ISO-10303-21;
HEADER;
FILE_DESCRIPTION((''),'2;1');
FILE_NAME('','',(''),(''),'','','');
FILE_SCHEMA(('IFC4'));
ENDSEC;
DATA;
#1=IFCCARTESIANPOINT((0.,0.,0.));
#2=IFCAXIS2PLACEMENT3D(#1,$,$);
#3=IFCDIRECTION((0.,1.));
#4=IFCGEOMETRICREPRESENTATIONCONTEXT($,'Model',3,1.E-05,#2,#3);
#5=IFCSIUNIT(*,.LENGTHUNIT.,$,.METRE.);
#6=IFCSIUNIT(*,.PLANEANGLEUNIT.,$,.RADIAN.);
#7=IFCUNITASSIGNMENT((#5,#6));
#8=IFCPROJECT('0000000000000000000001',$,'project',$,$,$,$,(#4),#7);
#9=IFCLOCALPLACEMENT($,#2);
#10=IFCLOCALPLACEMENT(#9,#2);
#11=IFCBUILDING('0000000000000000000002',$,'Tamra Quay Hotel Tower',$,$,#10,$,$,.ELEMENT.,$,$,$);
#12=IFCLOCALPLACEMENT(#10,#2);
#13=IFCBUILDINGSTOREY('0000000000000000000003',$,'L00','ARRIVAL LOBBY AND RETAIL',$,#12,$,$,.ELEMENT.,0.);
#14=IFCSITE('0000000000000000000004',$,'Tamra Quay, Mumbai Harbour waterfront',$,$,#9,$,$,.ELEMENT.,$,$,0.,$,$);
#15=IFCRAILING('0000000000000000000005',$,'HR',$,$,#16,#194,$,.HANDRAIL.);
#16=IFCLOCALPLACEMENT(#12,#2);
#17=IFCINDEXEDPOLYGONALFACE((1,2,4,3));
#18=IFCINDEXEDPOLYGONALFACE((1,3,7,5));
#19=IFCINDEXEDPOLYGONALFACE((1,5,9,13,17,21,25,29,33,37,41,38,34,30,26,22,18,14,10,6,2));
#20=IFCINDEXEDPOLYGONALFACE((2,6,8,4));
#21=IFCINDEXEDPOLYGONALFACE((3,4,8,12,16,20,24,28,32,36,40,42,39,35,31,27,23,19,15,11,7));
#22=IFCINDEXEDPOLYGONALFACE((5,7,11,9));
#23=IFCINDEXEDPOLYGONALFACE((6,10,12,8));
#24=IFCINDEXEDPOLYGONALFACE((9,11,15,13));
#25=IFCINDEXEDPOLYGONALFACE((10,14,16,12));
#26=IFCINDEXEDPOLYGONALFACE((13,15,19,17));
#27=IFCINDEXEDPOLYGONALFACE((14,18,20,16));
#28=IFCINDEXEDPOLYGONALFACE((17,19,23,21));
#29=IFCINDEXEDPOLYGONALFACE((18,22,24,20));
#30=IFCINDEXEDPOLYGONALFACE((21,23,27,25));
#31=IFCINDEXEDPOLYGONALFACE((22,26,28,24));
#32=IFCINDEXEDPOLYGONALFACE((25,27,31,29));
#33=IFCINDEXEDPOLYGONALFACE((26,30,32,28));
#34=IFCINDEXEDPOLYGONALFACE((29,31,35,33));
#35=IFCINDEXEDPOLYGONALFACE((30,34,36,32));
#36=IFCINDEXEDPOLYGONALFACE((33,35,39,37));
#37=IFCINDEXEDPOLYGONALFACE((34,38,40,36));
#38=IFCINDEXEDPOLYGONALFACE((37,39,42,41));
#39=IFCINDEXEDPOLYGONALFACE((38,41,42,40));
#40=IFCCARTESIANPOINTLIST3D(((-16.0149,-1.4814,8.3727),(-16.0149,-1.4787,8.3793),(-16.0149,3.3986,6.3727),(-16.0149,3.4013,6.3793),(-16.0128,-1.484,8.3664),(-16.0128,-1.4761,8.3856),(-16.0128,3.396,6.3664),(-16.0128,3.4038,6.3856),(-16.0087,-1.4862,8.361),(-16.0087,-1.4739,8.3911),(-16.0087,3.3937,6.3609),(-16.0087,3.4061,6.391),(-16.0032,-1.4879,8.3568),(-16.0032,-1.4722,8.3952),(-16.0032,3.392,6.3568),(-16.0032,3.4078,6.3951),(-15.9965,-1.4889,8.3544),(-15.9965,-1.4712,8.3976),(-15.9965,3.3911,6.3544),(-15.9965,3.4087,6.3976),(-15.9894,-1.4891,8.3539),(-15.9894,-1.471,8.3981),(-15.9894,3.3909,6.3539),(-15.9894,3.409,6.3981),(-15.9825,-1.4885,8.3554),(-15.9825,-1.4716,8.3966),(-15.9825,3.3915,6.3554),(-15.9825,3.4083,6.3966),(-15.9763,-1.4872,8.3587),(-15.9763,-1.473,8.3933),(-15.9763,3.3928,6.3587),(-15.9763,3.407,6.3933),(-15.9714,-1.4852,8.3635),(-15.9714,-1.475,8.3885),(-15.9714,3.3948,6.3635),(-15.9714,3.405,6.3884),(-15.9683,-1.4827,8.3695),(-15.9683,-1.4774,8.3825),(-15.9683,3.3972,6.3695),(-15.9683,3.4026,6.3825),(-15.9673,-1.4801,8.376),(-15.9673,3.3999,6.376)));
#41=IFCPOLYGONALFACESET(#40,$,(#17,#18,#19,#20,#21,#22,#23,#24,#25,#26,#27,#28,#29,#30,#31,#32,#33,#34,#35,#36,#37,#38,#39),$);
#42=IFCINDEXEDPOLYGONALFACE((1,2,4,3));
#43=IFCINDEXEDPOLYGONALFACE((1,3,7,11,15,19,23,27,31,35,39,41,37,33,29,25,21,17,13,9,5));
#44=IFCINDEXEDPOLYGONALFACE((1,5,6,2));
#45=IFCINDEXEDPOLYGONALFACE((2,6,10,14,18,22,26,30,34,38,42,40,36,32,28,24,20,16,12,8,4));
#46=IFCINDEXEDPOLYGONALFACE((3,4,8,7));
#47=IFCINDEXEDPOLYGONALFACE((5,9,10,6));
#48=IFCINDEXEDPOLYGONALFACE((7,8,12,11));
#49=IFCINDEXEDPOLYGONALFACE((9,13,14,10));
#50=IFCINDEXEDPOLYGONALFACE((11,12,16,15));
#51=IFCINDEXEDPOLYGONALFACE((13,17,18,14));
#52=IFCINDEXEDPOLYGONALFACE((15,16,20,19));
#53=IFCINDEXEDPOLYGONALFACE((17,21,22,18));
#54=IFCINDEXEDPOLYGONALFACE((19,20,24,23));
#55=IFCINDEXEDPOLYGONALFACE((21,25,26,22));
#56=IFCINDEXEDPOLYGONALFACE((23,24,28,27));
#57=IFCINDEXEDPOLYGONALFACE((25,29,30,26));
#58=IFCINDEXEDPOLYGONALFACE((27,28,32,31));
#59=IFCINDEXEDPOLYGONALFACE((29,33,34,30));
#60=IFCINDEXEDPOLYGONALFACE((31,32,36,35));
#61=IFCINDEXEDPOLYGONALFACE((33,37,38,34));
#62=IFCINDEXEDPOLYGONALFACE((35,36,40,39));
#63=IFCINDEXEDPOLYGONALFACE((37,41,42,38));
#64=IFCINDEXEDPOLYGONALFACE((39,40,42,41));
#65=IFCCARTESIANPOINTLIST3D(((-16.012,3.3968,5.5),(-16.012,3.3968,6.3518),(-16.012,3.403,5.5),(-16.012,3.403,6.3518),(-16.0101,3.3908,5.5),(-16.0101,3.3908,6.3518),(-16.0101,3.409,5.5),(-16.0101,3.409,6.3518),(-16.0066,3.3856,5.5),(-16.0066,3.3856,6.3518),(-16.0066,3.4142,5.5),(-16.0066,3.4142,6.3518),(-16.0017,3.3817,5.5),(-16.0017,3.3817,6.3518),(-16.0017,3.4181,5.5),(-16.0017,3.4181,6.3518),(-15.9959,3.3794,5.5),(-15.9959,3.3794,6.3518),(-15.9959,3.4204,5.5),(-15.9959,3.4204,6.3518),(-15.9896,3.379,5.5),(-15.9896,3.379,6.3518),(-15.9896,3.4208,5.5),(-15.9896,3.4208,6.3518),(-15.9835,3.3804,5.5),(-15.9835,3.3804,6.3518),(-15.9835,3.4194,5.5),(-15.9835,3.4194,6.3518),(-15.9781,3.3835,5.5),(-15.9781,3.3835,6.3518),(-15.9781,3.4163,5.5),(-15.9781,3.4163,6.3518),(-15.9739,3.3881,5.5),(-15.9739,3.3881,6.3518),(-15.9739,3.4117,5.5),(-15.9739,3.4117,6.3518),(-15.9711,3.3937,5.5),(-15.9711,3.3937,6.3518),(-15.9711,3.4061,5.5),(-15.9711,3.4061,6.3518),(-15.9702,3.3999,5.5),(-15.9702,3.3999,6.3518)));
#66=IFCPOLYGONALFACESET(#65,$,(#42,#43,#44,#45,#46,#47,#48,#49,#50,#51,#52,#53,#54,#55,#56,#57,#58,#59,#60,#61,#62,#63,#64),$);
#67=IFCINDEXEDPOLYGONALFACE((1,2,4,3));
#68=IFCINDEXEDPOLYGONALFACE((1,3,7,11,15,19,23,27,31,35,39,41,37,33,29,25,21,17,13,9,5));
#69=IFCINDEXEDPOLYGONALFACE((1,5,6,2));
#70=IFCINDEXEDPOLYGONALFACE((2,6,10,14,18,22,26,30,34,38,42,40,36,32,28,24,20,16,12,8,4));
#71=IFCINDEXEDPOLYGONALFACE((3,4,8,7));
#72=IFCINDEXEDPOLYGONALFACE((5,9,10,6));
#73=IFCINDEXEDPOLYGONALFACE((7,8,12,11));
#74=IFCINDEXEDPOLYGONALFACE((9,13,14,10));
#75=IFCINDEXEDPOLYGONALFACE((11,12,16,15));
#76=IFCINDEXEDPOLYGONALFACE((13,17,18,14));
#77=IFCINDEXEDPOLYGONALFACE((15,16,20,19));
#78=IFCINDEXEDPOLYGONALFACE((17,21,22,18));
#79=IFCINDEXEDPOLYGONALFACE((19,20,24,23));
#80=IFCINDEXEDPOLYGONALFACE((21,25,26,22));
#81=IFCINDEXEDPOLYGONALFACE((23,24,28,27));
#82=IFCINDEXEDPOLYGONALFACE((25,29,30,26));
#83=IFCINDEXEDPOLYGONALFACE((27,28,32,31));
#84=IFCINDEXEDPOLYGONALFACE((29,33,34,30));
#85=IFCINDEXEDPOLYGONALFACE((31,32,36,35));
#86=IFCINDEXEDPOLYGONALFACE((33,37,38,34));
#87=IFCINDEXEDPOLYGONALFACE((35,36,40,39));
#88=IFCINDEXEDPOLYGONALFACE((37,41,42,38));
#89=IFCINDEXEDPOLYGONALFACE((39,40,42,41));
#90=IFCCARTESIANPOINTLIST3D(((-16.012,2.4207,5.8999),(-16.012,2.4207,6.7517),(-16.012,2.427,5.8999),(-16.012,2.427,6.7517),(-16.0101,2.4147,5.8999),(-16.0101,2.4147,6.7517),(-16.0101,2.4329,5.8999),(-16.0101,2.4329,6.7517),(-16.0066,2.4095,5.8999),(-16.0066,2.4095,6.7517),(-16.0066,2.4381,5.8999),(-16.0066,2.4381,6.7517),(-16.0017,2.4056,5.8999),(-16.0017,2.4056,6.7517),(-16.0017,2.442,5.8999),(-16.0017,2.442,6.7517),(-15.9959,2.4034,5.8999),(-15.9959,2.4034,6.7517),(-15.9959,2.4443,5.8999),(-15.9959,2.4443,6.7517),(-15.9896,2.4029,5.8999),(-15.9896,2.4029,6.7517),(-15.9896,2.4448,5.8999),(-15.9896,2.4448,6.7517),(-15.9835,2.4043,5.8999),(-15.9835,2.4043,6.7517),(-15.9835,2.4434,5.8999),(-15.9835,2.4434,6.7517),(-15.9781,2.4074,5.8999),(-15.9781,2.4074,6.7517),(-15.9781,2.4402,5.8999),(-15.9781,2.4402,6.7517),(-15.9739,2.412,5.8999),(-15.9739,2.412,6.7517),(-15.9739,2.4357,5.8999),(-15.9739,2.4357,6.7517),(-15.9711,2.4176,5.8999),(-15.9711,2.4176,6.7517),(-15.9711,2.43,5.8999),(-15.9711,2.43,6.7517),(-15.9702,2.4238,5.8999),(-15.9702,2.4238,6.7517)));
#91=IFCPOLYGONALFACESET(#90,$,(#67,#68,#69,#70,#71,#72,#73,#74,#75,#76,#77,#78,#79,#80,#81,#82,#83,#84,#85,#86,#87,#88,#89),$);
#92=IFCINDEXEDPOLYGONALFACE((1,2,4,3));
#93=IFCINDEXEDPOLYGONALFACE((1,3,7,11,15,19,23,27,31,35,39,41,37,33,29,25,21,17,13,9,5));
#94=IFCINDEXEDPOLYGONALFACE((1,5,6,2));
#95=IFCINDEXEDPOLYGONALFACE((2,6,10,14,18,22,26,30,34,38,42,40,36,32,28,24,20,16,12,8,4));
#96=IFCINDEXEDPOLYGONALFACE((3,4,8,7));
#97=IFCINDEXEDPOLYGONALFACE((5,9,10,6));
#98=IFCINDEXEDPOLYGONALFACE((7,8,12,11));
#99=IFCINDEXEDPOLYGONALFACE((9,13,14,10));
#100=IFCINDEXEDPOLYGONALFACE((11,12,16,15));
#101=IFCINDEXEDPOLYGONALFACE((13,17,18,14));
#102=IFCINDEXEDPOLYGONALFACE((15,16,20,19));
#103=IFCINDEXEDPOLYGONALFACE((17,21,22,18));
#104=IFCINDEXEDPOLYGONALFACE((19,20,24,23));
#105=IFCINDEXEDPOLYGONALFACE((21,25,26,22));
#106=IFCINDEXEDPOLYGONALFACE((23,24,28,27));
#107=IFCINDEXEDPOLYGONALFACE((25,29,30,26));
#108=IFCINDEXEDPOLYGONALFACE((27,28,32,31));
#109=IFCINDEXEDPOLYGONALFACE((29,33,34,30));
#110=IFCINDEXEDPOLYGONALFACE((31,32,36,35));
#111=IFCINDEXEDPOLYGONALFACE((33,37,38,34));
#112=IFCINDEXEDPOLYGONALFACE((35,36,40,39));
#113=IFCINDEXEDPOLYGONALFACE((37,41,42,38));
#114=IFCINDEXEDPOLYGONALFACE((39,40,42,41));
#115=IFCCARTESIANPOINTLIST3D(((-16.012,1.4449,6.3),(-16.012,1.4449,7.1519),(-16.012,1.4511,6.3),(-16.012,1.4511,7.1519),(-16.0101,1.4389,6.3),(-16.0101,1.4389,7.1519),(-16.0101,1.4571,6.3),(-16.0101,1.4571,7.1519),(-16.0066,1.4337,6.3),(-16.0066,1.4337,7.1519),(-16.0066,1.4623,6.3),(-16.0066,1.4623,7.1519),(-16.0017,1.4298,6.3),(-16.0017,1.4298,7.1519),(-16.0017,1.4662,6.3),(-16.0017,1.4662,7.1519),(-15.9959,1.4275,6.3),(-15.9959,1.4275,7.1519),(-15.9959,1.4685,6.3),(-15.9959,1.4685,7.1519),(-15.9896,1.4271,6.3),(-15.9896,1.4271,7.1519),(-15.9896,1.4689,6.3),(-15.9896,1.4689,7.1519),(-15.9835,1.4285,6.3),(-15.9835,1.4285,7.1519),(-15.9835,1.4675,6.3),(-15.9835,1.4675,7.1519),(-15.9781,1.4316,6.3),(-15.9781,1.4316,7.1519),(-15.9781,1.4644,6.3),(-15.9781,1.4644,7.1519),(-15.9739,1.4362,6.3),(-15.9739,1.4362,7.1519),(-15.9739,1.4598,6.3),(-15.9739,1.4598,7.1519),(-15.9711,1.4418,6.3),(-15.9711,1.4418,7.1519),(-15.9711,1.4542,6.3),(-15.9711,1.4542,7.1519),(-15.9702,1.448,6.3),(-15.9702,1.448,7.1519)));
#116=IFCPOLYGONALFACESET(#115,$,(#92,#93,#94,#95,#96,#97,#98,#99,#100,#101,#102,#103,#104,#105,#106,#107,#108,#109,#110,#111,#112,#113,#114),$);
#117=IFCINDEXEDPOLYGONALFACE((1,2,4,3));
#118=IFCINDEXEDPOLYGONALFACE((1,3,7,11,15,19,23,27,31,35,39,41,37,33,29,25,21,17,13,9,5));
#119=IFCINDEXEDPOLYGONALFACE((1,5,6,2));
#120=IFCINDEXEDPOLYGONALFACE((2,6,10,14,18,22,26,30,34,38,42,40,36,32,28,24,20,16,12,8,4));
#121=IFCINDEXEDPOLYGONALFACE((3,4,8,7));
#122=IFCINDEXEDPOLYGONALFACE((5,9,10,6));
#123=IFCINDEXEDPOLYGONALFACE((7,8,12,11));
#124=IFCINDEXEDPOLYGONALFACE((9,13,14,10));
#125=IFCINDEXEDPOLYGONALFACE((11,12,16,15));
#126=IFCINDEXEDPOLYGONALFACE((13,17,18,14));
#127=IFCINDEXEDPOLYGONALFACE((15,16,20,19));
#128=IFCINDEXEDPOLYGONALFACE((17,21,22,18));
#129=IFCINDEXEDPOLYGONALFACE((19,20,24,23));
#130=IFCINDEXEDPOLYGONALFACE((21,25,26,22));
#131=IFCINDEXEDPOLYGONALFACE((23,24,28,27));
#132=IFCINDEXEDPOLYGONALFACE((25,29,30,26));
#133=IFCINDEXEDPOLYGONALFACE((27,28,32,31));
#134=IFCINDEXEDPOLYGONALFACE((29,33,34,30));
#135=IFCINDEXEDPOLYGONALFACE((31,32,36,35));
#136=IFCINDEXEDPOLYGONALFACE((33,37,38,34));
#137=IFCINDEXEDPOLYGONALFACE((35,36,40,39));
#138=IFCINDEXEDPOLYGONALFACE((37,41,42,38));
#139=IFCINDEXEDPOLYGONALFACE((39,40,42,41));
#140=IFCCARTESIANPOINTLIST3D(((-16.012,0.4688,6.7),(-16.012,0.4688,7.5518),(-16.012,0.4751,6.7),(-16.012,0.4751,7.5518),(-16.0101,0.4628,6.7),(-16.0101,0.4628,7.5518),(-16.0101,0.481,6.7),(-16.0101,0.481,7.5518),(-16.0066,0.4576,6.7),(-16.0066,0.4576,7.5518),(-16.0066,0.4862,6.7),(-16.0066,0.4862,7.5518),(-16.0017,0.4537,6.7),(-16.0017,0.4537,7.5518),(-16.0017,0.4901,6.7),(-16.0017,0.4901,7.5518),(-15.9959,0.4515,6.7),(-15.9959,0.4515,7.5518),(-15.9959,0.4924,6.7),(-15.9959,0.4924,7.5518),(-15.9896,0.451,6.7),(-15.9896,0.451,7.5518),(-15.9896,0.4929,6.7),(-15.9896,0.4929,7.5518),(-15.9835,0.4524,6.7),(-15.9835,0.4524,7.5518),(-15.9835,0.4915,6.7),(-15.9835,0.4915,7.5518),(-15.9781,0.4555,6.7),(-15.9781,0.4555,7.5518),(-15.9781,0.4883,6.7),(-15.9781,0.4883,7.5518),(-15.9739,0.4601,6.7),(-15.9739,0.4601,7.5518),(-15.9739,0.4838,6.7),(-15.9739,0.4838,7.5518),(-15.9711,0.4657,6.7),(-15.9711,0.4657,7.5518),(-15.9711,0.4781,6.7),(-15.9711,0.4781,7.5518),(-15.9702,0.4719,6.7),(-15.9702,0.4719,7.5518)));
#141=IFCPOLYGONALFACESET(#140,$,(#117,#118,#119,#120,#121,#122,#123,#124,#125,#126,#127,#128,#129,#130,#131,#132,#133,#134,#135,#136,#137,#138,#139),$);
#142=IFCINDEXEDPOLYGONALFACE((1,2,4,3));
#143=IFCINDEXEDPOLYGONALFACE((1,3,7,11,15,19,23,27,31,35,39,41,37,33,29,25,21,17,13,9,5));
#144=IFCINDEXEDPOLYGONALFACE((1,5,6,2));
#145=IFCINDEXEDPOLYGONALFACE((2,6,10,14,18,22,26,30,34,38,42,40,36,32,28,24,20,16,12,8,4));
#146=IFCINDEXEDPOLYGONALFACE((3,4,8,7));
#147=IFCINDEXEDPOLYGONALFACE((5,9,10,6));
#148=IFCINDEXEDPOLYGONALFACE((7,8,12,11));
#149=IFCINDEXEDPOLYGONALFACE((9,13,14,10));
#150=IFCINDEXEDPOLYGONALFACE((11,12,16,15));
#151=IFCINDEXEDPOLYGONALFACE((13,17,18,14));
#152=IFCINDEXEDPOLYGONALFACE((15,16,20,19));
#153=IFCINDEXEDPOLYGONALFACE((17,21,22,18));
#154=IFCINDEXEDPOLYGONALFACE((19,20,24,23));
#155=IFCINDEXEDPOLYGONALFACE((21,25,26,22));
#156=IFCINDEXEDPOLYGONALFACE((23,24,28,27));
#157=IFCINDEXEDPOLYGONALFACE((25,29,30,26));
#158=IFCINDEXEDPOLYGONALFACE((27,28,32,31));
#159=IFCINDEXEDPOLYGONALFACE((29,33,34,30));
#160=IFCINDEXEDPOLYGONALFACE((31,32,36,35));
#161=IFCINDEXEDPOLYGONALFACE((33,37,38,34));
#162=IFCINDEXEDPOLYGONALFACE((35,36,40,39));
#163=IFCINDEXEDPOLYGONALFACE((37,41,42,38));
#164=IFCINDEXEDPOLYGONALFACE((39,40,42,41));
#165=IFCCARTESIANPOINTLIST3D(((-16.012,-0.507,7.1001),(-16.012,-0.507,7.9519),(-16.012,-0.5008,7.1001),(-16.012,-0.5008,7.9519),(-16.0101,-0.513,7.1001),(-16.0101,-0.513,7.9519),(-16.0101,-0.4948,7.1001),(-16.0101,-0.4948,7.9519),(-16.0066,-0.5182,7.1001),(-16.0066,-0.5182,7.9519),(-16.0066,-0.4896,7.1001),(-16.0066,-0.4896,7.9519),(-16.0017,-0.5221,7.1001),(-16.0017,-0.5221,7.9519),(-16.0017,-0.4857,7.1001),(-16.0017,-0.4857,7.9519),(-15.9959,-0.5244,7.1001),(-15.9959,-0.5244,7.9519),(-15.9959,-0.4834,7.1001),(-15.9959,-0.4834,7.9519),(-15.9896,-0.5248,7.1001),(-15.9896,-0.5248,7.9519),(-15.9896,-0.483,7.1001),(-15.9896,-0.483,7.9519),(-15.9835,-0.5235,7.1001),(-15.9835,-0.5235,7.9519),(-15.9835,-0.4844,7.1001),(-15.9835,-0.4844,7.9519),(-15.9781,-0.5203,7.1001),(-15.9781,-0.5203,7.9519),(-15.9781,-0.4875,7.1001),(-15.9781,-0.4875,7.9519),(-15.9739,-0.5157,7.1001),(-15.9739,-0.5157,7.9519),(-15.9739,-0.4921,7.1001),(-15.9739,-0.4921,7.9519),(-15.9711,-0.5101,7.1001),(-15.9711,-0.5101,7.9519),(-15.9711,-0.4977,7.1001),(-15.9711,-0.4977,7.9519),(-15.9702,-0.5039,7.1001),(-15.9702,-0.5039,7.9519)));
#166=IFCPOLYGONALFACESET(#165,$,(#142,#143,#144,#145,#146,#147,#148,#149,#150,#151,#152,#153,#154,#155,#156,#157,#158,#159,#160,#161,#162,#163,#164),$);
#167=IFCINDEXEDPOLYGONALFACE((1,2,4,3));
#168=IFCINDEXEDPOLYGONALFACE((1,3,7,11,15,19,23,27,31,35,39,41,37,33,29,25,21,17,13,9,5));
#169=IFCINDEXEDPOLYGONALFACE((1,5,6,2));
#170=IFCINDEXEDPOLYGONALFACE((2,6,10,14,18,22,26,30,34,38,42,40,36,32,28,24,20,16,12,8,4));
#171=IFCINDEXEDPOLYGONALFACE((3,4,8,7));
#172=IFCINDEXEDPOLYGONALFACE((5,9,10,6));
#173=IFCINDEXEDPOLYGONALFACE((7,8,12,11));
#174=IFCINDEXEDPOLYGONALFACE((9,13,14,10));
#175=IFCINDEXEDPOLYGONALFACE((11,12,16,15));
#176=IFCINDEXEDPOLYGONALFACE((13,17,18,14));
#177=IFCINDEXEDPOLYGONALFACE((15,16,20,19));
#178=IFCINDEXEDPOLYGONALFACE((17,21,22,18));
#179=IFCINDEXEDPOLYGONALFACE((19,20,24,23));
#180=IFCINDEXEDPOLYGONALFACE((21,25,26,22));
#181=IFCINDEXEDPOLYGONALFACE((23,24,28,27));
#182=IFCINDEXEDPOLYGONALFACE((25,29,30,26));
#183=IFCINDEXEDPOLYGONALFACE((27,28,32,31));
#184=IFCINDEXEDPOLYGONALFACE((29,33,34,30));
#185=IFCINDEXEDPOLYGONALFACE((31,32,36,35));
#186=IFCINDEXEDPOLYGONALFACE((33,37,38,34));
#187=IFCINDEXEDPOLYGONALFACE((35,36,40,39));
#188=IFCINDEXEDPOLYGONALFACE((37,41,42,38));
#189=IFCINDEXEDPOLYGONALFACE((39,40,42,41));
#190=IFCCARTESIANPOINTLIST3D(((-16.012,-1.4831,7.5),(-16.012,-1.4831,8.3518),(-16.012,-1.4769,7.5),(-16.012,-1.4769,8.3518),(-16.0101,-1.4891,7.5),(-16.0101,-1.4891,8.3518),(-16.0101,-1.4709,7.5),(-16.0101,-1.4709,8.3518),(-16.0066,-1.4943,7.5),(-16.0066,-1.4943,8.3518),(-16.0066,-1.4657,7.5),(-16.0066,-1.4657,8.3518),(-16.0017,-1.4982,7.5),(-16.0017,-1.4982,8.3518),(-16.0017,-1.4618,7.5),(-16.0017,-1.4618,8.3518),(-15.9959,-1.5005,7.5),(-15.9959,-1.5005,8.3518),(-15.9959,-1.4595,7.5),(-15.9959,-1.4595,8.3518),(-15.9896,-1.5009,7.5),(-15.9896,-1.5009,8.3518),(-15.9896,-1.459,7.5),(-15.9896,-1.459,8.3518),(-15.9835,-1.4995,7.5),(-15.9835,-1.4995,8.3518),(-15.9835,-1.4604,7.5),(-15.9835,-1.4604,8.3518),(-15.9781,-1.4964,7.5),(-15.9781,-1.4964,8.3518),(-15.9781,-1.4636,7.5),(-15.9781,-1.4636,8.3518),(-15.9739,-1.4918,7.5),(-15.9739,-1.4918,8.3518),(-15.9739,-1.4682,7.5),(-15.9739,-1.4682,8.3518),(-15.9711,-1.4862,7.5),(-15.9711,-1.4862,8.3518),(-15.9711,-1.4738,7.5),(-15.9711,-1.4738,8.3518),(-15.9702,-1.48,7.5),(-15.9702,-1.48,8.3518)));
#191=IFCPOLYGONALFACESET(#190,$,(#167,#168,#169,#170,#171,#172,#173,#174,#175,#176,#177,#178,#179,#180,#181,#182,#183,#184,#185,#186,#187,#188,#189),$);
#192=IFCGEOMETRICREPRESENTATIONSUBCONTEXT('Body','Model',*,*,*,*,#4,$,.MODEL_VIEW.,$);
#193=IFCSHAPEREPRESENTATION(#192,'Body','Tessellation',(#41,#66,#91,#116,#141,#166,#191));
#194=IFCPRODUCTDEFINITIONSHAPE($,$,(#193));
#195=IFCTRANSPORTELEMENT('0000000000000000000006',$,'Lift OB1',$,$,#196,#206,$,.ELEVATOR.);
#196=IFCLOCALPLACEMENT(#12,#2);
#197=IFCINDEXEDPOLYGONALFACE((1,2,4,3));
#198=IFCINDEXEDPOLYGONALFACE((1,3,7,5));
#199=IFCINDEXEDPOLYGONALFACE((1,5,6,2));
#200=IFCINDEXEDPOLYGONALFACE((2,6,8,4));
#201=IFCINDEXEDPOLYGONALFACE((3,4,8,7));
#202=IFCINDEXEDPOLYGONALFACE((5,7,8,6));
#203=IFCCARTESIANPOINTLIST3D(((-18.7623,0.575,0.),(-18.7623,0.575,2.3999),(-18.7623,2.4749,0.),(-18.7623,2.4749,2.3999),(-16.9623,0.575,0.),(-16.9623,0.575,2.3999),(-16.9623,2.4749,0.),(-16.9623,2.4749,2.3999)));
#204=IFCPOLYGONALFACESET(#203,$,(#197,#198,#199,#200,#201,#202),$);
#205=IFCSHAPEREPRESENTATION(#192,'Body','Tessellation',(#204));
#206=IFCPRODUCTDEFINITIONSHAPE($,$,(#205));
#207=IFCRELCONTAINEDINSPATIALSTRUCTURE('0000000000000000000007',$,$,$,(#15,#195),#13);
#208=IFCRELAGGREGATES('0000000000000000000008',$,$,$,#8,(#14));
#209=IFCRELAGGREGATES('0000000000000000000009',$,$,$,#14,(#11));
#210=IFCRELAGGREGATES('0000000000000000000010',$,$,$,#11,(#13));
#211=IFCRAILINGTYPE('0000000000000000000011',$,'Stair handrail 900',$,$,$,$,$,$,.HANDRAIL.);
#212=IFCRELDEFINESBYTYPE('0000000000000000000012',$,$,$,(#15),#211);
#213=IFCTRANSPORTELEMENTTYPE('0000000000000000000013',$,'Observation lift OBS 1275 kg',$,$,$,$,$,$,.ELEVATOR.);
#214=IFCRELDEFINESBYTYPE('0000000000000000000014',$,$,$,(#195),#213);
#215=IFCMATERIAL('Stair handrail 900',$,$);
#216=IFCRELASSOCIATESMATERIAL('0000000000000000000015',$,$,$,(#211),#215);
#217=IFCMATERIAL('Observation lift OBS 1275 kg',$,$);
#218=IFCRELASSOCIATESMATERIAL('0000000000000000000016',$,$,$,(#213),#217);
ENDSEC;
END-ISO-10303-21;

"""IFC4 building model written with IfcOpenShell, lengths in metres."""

from ifc_helpers import new_model, si_unit, direction, frame, origin, origin_2d, place, context, subcontext, project, spatial, rectangle, circle, extrude, material, type_object, element, save


model = new_model("IFC4")

# Units and contexts
model_context = context("Model", 3, precision=1e-05, world=origin(), true_north=direction((0.0, 1.0)))
body_context = subcontext(model_context, "Body", "Model", "MODEL_VIEW")
ifc_project = project(units=[si_unit("LENGTHUNIT", "METRE"), si_unit("PLANEANGLEUNIT", "RADIAN")], contexts=[model_context])

# Site, building, storey
site_placement = place(None, origin())
site = spatial("IfcSite", under=ifc_project, at=site_placement, Name="Tamra Quay, Mumbai Harbour waterfront", CompositionType="ELEMENT", RefElevation=0.0)
building_placement = place(site_placement, origin())
building = spatial("IfcBuilding", under=site, at=building_placement, Name="Tamra Quay Hotel Tower", CompositionType="ELEMENT")
storey_placement = place(building_placement, origin())
storey = spatial("IfcBuildingStorey", under=building, at=storey_placement, Name="L00", Description="ARRIVAL LOBBY AND RETAIL", CompositionType="ELEMENT", Elevation=0.0)

# Railing
ifc_material_1 = material(Name="Stair handrail 900")
railing_type = type_object("IfcRailingType", Name="Stair handrail 900", PredefinedType="HANDRAIL", material=ifc_material_1)
railing_1_placement = place(storey_placement, frame((-15.9912, 3.3999, 5.5)))
element("IfcRailing", 1, at=railing_1_placement, inside=storey, type_object=railing_type, Name="HR", PredefinedType="HANDRAIL", context=body_context, shape_type="SweptSolid", body=[
    extrude(circle(Radius=0.0239, at=origin_2d()), frame((0.0, 0.0, 0.876), z_axis=(0.0, -0.925302, 0.379231), x_axis=(1.0, 0.0, 0.0)), (0.0, 0.0, 1.0), 5.2739),
    extrude(circle(Radius=0.021, at=origin_2d()), origin(), (0.0, 0.0, 1.0), 0.8518),
    extrude(circle(Radius=0.021, at=origin_2d()), frame((0.0, -0.9761, 0.3999)), (0.0, 0.0, 1.0), 0.8518),
    extrude(circle(Radius=0.021, at=origin_2d()), frame((0.0, -1.9519, 0.8)), (0.0, 0.0, 1.0), 0.8518),
    extrude(circle(Radius=0.021, at=origin_2d()), frame((0.0, -2.928, 1.2)), (0.0, 0.0, 1.0), 0.8518),
    extrude(circle(Radius=0.021, at=origin_2d()), frame((0.0, -3.9038, 1.6001)), (0.0, 0.0, 1.0), 0.8518),
    extrude(circle(Radius=0.021, at=origin_2d()), frame((0.0, -4.8799, 2.0)), (0.0, 0.0, 1.0), 0.8518),
])

# Transport element
ifc_material_2 = material(Name="Observation lift OBS 1275 kg")
transport_element_type = type_object("IfcTransportElementType", Name="Observation lift OBS 1275 kg", PredefinedType="ELEVATOR", material=ifc_material_2)
transport_element_placement = place(storey_placement, frame((-17.8623, 1.5249, 0.0), z_axis=(0.0, 0.0, 1.0), x_axis=(0.0, -1.0, 0.0)))
element("IfcTransportElement", 2, at=transport_element_placement, inside=storey, type_object=transport_element_type, Name="Lift OB1", PredefinedType="ELEVATOR", context=body_context, shape_type="SweptSolid", body=[
    extrude(rectangle(XDim=1.8999, YDim=1.8, at=origin_2d()), origin(), (0.0, 0.0, 1.0), 2.3999),
])

save(model, "model.ifc")
